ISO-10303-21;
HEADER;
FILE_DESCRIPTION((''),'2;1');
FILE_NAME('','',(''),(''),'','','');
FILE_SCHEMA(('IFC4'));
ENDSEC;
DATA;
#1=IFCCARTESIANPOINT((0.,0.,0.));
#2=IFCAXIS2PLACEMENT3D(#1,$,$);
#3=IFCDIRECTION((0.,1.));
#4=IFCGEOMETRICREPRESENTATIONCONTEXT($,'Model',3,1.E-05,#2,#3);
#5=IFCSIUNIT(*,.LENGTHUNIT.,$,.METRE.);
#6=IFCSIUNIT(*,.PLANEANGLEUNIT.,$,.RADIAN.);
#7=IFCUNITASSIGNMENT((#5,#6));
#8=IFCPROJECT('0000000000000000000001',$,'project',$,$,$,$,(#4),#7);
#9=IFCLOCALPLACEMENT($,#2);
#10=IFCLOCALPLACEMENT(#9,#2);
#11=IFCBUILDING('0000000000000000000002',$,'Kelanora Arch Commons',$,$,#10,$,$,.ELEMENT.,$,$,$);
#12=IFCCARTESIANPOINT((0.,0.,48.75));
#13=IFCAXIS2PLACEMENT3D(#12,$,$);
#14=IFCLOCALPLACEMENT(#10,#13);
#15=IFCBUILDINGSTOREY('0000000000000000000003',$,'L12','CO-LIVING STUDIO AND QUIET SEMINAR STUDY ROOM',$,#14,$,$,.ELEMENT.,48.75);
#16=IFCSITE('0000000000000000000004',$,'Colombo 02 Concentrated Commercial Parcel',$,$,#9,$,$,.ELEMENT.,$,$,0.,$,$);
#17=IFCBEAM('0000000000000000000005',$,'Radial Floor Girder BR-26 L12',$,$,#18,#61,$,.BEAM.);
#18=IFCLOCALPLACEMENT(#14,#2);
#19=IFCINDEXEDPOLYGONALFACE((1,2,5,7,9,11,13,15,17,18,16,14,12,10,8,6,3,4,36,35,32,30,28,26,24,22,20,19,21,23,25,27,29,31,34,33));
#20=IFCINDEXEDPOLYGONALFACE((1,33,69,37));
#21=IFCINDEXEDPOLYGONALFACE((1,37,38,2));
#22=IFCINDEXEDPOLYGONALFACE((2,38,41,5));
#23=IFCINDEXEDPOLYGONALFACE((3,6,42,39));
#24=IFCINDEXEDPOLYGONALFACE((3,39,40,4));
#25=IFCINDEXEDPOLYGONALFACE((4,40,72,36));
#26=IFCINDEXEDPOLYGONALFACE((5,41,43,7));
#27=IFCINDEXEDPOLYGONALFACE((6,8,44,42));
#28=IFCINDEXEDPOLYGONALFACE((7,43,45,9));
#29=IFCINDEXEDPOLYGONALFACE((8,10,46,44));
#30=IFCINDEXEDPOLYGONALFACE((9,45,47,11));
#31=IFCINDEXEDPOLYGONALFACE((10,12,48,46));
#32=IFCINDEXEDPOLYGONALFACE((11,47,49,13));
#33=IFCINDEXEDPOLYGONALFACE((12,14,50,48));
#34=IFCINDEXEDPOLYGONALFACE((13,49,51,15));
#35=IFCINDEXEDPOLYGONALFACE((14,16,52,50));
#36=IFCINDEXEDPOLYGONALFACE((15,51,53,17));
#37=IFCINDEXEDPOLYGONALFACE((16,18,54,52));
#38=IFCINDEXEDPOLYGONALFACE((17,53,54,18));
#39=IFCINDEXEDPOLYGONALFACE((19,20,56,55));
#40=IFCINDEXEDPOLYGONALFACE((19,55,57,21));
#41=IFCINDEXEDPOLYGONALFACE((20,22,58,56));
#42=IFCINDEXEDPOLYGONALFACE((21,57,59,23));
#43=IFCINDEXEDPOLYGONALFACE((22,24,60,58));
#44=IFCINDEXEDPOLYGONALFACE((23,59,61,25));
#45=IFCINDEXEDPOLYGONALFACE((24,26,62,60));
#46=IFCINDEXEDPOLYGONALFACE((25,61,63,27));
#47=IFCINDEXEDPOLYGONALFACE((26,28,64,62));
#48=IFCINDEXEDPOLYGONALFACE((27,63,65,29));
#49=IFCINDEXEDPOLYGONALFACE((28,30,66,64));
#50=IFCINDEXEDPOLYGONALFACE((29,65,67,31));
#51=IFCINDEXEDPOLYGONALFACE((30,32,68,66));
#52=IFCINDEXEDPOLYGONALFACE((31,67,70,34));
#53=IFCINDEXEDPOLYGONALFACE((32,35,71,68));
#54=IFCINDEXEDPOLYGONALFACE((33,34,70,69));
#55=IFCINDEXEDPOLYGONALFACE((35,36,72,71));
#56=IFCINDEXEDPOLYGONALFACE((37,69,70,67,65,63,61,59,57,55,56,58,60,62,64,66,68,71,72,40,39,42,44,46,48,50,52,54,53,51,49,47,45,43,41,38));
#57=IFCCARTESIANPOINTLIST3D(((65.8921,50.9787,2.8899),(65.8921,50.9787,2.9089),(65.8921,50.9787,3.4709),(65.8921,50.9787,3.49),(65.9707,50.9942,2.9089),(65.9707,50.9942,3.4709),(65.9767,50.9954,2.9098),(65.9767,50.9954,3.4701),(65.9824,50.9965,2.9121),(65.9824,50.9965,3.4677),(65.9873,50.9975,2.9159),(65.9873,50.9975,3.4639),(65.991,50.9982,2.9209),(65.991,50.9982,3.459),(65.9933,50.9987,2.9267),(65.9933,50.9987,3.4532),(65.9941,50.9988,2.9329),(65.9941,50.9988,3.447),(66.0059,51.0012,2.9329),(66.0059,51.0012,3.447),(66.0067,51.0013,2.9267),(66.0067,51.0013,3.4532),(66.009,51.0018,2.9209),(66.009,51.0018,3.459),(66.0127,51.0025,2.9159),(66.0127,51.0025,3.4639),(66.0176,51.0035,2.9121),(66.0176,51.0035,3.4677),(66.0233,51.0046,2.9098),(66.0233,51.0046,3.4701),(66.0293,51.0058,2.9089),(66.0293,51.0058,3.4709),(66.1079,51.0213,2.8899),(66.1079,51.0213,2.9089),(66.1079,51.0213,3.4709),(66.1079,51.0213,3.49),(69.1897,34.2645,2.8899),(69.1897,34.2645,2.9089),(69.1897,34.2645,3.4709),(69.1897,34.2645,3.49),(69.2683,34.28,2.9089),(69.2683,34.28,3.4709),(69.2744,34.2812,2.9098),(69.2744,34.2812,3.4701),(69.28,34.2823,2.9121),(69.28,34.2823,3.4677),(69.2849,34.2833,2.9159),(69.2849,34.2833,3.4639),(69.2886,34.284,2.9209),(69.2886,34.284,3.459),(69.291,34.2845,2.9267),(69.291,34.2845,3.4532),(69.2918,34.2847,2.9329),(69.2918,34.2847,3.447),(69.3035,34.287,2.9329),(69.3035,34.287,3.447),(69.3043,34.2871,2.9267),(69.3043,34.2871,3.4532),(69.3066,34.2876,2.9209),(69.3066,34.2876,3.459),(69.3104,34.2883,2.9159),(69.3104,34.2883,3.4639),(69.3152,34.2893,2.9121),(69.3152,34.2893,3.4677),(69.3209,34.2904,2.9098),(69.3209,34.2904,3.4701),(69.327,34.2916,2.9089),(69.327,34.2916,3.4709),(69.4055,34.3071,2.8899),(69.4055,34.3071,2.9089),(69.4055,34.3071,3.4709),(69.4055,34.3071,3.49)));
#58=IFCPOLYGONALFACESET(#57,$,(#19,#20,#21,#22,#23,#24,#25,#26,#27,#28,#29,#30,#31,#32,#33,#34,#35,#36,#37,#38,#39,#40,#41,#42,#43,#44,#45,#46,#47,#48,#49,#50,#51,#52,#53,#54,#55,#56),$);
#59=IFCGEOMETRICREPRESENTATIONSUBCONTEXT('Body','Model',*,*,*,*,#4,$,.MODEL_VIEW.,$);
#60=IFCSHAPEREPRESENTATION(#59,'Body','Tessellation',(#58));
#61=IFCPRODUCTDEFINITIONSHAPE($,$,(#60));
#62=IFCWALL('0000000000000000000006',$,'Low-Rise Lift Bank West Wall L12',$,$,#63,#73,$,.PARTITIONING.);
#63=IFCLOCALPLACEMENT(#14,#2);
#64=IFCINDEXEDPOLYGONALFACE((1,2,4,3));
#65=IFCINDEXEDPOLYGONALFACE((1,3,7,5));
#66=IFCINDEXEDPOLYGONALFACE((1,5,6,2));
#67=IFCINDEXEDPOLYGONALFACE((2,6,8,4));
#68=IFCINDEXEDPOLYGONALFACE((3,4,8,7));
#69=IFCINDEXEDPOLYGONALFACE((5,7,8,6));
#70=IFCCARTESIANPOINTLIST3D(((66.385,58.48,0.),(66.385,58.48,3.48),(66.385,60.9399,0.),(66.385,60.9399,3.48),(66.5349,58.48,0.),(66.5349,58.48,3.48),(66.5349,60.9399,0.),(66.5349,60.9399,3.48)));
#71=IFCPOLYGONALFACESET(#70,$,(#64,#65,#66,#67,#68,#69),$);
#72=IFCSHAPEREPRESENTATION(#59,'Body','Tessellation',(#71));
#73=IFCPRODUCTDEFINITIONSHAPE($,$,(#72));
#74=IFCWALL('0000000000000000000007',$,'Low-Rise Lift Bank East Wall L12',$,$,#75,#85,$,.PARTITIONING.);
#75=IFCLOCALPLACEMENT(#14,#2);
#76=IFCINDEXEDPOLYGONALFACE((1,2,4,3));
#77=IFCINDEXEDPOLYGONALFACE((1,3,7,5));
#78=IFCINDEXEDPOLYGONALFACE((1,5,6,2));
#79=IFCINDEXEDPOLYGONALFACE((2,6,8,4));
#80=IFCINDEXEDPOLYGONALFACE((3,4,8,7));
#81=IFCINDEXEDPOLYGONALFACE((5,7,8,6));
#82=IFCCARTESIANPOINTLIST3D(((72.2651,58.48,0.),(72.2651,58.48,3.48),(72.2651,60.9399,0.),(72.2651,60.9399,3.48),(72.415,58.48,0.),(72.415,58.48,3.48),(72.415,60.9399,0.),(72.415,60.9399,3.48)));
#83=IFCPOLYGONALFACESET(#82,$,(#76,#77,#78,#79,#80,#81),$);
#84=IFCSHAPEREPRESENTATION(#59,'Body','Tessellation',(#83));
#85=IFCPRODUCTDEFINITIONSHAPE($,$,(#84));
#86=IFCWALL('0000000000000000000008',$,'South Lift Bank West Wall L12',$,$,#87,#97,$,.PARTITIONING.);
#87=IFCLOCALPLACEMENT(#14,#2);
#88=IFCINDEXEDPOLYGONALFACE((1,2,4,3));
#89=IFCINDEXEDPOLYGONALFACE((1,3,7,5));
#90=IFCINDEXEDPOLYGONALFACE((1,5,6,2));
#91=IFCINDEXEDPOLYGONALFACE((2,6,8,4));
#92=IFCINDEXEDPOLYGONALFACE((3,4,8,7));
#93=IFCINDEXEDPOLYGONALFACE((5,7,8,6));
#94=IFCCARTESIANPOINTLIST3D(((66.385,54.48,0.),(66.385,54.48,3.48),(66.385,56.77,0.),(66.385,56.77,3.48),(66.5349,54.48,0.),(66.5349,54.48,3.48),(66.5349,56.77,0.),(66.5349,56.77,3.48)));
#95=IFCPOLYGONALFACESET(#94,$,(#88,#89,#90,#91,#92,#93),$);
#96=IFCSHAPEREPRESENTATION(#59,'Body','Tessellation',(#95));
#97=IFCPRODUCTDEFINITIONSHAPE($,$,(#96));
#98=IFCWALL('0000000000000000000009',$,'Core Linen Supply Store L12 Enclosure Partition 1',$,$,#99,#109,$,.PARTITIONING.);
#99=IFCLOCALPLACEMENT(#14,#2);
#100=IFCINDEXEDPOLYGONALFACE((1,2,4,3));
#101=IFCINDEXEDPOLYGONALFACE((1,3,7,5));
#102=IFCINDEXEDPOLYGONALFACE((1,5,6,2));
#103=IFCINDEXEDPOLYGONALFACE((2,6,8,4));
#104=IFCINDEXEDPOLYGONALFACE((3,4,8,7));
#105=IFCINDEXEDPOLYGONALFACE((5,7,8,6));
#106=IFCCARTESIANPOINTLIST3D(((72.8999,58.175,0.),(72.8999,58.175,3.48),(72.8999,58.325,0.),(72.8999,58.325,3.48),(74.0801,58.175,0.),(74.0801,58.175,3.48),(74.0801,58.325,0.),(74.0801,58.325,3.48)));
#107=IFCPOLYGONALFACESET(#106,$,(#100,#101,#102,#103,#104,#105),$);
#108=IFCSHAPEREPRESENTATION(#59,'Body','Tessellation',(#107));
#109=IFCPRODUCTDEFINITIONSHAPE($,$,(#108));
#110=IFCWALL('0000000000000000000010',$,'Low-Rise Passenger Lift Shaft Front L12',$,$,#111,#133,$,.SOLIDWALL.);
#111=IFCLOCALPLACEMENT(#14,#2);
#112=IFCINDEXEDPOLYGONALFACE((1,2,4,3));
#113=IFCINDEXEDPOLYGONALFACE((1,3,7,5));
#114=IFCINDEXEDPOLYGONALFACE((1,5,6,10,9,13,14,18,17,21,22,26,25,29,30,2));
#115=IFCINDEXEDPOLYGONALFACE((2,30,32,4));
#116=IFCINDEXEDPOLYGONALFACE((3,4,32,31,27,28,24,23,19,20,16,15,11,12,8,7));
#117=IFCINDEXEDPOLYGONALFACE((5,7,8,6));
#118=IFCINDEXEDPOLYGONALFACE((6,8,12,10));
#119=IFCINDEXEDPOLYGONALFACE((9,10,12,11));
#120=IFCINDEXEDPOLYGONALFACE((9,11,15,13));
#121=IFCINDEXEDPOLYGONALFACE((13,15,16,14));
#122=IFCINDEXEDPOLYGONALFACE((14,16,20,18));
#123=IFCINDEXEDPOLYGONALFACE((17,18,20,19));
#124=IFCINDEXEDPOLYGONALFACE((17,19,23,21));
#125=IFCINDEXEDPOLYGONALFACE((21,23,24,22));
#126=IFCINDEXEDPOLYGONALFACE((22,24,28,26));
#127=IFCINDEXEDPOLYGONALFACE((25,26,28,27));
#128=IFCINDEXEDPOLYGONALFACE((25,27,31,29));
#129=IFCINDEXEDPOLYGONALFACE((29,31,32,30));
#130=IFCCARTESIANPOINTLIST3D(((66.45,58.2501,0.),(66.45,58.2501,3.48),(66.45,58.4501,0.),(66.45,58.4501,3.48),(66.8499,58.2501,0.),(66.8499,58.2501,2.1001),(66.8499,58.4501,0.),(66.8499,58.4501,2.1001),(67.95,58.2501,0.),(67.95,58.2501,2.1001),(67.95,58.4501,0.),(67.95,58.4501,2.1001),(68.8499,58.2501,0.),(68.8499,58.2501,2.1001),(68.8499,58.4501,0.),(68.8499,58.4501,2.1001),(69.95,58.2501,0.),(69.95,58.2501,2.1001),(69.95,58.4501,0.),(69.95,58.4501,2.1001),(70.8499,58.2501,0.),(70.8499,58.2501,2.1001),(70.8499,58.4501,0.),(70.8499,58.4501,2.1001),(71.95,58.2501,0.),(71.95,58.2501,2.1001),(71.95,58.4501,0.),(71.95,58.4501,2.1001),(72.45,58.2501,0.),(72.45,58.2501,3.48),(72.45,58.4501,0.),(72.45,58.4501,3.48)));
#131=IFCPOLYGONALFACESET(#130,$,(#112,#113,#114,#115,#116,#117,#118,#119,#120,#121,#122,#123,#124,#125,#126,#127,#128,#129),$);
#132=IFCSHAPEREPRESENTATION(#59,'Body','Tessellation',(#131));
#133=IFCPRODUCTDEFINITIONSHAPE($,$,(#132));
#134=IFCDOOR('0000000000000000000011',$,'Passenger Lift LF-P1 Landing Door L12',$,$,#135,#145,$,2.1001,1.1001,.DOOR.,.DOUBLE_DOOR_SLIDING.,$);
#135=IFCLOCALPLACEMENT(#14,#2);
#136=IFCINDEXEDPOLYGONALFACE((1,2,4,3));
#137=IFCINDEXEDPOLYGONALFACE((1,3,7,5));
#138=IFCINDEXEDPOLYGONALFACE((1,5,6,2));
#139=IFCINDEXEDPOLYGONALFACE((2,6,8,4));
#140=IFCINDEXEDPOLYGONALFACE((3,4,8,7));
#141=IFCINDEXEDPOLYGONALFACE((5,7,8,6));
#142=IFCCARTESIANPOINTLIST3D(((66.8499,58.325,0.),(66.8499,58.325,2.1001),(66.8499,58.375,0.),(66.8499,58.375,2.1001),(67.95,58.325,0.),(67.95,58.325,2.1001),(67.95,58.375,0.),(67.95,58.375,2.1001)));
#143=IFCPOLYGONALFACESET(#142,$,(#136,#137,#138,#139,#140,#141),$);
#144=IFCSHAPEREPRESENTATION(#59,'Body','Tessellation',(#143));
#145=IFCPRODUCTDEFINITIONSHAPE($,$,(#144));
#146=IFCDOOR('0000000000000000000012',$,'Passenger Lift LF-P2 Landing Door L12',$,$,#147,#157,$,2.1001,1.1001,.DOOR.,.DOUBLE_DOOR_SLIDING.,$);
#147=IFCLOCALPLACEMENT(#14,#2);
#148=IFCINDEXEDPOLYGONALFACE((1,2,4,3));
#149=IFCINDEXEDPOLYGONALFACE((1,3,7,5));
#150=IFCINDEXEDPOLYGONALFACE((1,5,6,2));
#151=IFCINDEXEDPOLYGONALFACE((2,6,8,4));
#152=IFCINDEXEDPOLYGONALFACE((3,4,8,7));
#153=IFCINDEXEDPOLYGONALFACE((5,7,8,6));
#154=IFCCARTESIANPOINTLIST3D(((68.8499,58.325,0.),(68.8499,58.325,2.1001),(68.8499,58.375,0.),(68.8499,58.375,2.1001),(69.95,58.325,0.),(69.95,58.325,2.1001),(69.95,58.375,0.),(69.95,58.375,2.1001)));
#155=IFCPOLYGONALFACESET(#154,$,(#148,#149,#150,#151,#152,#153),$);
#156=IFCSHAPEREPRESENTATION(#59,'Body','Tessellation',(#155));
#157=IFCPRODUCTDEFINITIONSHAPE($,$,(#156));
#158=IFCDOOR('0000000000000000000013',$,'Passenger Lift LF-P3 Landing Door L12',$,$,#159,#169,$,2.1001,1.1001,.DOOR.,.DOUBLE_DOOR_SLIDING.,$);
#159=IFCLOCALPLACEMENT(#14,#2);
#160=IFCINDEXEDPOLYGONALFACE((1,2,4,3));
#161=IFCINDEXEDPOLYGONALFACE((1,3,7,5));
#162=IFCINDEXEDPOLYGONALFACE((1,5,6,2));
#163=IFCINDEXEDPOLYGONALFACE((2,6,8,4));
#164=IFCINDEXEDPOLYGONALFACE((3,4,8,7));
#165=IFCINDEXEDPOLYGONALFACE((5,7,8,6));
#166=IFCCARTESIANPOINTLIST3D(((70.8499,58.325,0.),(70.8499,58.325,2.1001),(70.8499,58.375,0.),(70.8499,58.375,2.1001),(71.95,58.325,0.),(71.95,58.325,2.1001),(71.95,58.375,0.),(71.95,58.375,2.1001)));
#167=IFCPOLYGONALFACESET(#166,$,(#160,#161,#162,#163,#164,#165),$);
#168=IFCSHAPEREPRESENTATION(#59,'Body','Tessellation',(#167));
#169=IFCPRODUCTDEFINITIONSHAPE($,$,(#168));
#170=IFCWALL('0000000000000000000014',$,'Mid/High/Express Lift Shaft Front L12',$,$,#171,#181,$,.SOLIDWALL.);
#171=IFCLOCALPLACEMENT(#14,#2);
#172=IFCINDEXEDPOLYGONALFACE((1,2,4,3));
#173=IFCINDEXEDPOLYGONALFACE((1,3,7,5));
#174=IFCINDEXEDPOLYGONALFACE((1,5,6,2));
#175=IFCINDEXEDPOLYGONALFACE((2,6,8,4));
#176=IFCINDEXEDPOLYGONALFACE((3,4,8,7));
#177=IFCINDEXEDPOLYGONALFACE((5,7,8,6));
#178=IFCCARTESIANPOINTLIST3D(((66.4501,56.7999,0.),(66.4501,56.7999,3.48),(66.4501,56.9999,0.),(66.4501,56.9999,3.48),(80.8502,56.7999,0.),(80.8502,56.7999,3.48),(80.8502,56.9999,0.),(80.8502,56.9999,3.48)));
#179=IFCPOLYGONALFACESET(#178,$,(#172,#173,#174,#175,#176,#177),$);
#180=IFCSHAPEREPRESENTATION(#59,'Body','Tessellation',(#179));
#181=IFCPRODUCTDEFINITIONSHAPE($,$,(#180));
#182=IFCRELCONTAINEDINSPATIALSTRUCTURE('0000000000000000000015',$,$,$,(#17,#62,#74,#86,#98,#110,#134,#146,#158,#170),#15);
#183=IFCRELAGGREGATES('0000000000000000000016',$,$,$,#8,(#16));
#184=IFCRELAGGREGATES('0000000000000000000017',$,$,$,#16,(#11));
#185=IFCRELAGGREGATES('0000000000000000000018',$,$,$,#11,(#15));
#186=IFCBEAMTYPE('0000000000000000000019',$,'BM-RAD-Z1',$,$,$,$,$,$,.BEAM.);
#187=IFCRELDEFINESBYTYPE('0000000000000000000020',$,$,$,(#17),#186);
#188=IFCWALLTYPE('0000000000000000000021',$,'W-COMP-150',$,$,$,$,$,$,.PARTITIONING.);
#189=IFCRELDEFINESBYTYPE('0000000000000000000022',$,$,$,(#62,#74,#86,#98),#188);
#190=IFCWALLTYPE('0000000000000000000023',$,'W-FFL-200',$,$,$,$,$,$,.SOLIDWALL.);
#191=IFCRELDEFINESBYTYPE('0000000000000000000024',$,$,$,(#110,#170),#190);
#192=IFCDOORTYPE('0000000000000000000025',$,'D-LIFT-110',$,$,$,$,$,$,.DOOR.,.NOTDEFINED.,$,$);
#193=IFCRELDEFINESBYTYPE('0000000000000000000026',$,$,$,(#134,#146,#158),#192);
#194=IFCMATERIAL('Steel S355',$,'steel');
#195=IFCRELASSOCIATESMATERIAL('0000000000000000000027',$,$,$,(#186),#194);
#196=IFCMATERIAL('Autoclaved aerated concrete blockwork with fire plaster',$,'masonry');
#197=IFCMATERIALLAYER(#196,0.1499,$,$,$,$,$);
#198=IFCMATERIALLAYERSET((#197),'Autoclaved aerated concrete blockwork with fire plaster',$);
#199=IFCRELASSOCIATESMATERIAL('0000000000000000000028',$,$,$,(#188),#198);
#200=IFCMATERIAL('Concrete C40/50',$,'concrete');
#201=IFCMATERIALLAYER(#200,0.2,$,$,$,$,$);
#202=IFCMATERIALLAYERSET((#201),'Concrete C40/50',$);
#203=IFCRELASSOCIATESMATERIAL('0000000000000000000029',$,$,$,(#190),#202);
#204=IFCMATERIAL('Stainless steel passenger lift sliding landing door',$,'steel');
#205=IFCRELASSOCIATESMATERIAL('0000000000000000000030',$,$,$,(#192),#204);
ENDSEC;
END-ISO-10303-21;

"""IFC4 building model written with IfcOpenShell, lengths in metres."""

from ifc_helpers import new_model, si_unit, direction, frame, frame_2d, origin, origin_2d, place, context, subcontext, project, spatial, rectangle, i_section, extrude, material, layer, layer_set, material_profile, profile_set, type_object, element, fill, save


model = new_model("IFC4")

# Units and contexts
model_context = context("Model", 3, precision=1e-05, world=origin(), true_north=direction((0.0, 1.0)))
body_context = subcontext(model_context, "Body", "Model", "MODEL_VIEW")
ifc_project = project(units=[si_unit("LENGTHUNIT", "METRE"), si_unit("PLANEANGLEUNIT", "RADIAN")], contexts=[model_context])

# Site, building, storey
site_placement = place(None, origin())
site = spatial("IfcSite", under=ifc_project, at=site_placement, Name="Colombo 02 Concentrated Commercial Parcel", CompositionType="ELEMENT", RefElevation=0.0)
building_placement = place(site_placement, origin())
building = spatial("IfcBuilding", under=site, at=building_placement, Name="Kelanora Arch Commons", CompositionType="ELEMENT")
storey_placement = place(building_placement, frame((0.0, 0.0, 48.75)))
storey = spatial("IfcBuildingStorey", under=building, at=storey_placement, Name="L12", Description="CO-LIVING STUDIO AND QUIET SEMINAR STUDY ROOM", CompositionType="ELEMENT", Elevation=48.75)

# Beam
ifc_material_1 = material(Name="Steel S355", Category="steel")
ifc_material_profile_1 = material_profile(ifc_material_1, i_section(OverallWidth=0.22, OverallDepth=0.6001, WebThickness=0.012, FlangeThickness=0.019, FilletRadius=0.0239, at=origin_2d()), Name="IPE600")
ifc_profile_set_1 = profile_set([ifc_material_profile_1], Name="Steel S355")
beam_type_1 = type_object("IfcBeamType", Name="BM-RAD-Z1", PredefinedType="BEAM", material=ifc_profile_set_1)
beam_1_placement = place(storey_placement, frame((66.0, 51.0, 3.1899), z_axis=(0.193564, -0.981088, 0.0), x_axis=(0.981088, 0.193564, 0.0)))
element("IfcBeam", 1, at=beam_1_placement, inside=storey, type_object=beam_type_1, Name="Radial Floor Girder BR-26 L12", PredefinedType="BEAM", context=body_context, shape_type="SweptSolid", body=[
    extrude(i_section(OverallWidth=0.22, OverallDepth=0.6001, WebThickness=0.012, FlangeThickness=0.019, FilletRadius=0.0239, at=origin_2d()), origin(), (0.0, 0.0, 1.0), 17.0364),
])

# Walls
ifc_material_2 = material(Name="Autoclaved aerated concrete blockwork with fire plaster", Category="masonry")
ifc_layer_1 = layer(ifc_material_2, 0.1499)
ifc_layer_set_1 = layer_set([ifc_layer_1], Name="Autoclaved aerated concrete blockwork with fire plaster")
wall_type_1 = type_object("IfcWallType", Name="W-COMP-150", PredefinedType="PARTITIONING", material=ifc_layer_set_1)
for number, where, z_axis, x_axis, name in (
    (2, (66.46, 58.48, 0.0), (0.0, 0.0, 1.0), (0.0, 1.0, 0.0), "Low-Rise Lift Bank West Wall L12"),
    (3, (72.3401, 58.48, 0.0), (0.0, 0.0, 1.0), (0.0, 1.0, 0.0), "Low-Rise Lift Bank East Wall L12"),
):
    element("IfcWall", number, at=place(storey_placement, frame(where, z_axis=z_axis, x_axis=x_axis)), inside=storey, type_object=wall_type_1, Name=name, PredefinedType="PARTITIONING", context=body_context, shape_type="SweptSolid", body=[
        extrude(rectangle(XDim=2.46, YDim=0.1499, at=frame_2d((1.23, 0.0))), origin(), (0.0, 0.0, 1.0), 3.48),
    ])
wall_1_placement = place(storey_placement, frame((66.46, 54.48, 0.0), z_axis=(0.0, 0.0, 1.0), x_axis=(0.0, 1.0, 0.0)))
element("IfcWall", 4, at=wall_1_placement, inside=storey, type_object=wall_type_1, Name="South Lift Bank West Wall L12", PredefinedType="PARTITIONING", context=body_context, shape_type="SweptSolid", body=[
    extrude(rectangle(XDim=2.29, YDim=0.1499, at=frame_2d((1.145, 0.0))), origin(), (0.0, 0.0, 1.0), 3.48),
])
wall_2_placement = place(storey_placement, frame((72.8999, 58.25, 0.0), z_axis=(0.0, 0.0, 1.0), x_axis=(1.0, 0.0, 0.0)))
element("IfcWall", 5, at=wall_2_placement, inside=storey, type_object=wall_type_1, Name="Core Linen Supply Store L12 Enclosure Partition 1", PredefinedType="PARTITIONING", context=body_context, shape_type="SweptSolid", body=[
    extrude(rectangle(XDim=1.1802, YDim=0.1499, at=frame_2d((0.5901, 0.0))), origin(), (0.0, 0.0, 1.0), 3.48),
])

# Wall, openings, doors
ifc_material_3 = material(Name="Concrete C40/50", Category="concrete")
ifc_layer_2 = layer(ifc_material_3, 0.2)
ifc_layer_set_2 = layer_set([ifc_layer_2], Name="Concrete C40/50")
wall_type_2 = type_object("IfcWallType", Name="W-FFL-200", PredefinedType="SOLIDWALL", material=ifc_layer_set_2)
wall_3_placement = place(storey_placement, frame((66.45, 58.3501, 0.0), z_axis=(0.0, 0.0, 1.0), x_axis=(1.0, 0.0, 0.0)))
wall_3 = element("IfcWall", 6, at=wall_3_placement, inside=storey, type_object=wall_type_2, Name="Low-Rise Passenger Lift Shaft Front L12", PredefinedType="SOLIDWALL", context=body_context, shape_type="SweptSolid", body=[
    extrude(rectangle(XDim=6.0, YDim=0.2, at=frame_2d((3.0, 0.0))), origin(), (0.0, 0.0, 1.0), 3.48),
])
opening_1_placement = place(wall_3_placement, frame((0.3999, 0.0, 0.0)))
opening_1 = element("IfcOpeningElement", 7, at=opening_1_placement, cuts=wall_3, PredefinedType="OPENING", context=body_context, shape_type="SweptSolid", body=[
    extrude(rectangle(XDim=1.1001, YDim=2.1001, at=frame_2d((0.55, 1.05))), frame((0.0, 0.1099, 0.0), z_axis=(0.0, -1.0, 0.0), x_axis=(1.0, 0.0, 0.0)), (0.0, 0.0, 1.0), 0.22),
])
opening_2_placement = place(wall_3_placement, frame((2.3999, 0.0, 0.0)))
opening_2 = element("IfcOpeningElement", 8, at=opening_2_placement, cuts=wall_3, PredefinedType="OPENING", context=body_context, shape_type="SweptSolid", body=[
    extrude(rectangle(XDim=1.1001, YDim=2.1001, at=frame_2d((0.55, 1.05))), frame((0.0, 0.1099, 0.0), z_axis=(0.0, -1.0, 0.0), x_axis=(1.0, 0.0, 0.0)), (0.0, 0.0, 1.0), 0.22),
])
opening_3_placement = place(wall_3_placement, frame((4.3999, 0.0, 0.0)))
opening_3 = element("IfcOpeningElement", 9, at=opening_3_placement, cuts=wall_3, PredefinedType="OPENING", context=body_context, shape_type="SweptSolid", body=[
    extrude(rectangle(XDim=1.1001, YDim=2.1001, at=frame_2d((0.55, 1.05))), frame((0.0, 0.1099, 0.0), z_axis=(0.0, -1.0, 0.0), x_axis=(1.0, 0.0, 0.0)), (0.0, 0.0, 1.0), 0.22),
])
ifc_material_4 = material(Name="Stainless steel passenger lift sliding landing door", Category="steel")
door_type_1 = type_object("IfcDoorType", Name="D-LIFT-110", OperationType="NOTDEFINED", PredefinedType="DOOR", material=ifc_material_4)
door_1_placement = place(opening_1_placement, origin())
door_1 = element("IfcDoor", 10, at=door_1_placement, inside=storey, type_object=door_type_1, Name="Passenger Lift LF-P1 Landing Door L12", OperationType="DOUBLE_DOOR_SLIDING", OverallHeight=2.1001, OverallWidth=1.1001, PredefinedType="DOOR", context=body_context, shape_type="SweptSolid", body=[
    extrude(rectangle(XDim=1.1001, YDim=2.1001, at=frame_2d((0.55, 1.05))), frame((0.0, 0.0249, 0.0), z_axis=(0.0, -1.0, 0.0), x_axis=(1.0, 0.0, 0.0)), (0.0, 0.0, 1.0), 0.05),
])
fill(opening_1, door_1)
door_2_placement = place(opening_2_placement, origin())
door_2 = element("IfcDoor", 11, at=door_2_placement, inside=storey, type_object=door_type_1, Name="Passenger Lift LF-P2 Landing Door L12", OperationType="DOUBLE_DOOR_SLIDING", OverallHeight=2.1001, OverallWidth=1.1001, PredefinedType="DOOR", context=body_context, shape_type="SweptSolid", body=[
    extrude(rectangle(XDim=1.1001, YDim=2.1001, at=frame_2d((0.55, 1.05))), frame((0.0, 0.0249, 0.0), z_axis=(0.0, -1.0, 0.0), x_axis=(1.0, 0.0, 0.0)), (0.0, 0.0, 1.0), 0.05),
])
fill(opening_2, door_2)
door_3_placement = place(opening_3_placement, origin())
door_3 = element("IfcDoor", 12, at=door_3_placement, inside=storey, type_object=door_type_1, Name="Passenger Lift LF-P3 Landing Door L12", OperationType="DOUBLE_DOOR_SLIDING", OverallHeight=2.1001, OverallWidth=1.1001, PredefinedType="DOOR", context=body_context, shape_type="SweptSolid", body=[
    extrude(rectangle(XDim=1.1001, YDim=2.1001, at=frame_2d((0.55, 1.05))), frame((0.0, 0.0249, 0.0), z_axis=(0.0, -1.0, 0.0), x_axis=(1.0, 0.0, 0.0)), (0.0, 0.0, 1.0), 0.05),
])
fill(opening_3, door_3)

# Wall
wall_4_placement = place(storey_placement, frame((66.45, 56.8999, 0.0), z_axis=(0.0, 0.0, 1.0), x_axis=(1.0, 0.0, 0.0)))
element("IfcWall", 13, at=wall_4_placement, inside=storey, type_object=wall_type_2, Name="Mid/High/Express Lift Shaft Front L12", PredefinedType="SOLIDWALL", context=body_context, shape_type="SweptSolid", body=[
    extrude(rectangle(XDim=14.4001, YDim=0.2, at=frame_2d((7.2002, 0.0))), origin(), (0.0, 0.0, 1.0), 3.48),
])

save(model, "model.ifc")
